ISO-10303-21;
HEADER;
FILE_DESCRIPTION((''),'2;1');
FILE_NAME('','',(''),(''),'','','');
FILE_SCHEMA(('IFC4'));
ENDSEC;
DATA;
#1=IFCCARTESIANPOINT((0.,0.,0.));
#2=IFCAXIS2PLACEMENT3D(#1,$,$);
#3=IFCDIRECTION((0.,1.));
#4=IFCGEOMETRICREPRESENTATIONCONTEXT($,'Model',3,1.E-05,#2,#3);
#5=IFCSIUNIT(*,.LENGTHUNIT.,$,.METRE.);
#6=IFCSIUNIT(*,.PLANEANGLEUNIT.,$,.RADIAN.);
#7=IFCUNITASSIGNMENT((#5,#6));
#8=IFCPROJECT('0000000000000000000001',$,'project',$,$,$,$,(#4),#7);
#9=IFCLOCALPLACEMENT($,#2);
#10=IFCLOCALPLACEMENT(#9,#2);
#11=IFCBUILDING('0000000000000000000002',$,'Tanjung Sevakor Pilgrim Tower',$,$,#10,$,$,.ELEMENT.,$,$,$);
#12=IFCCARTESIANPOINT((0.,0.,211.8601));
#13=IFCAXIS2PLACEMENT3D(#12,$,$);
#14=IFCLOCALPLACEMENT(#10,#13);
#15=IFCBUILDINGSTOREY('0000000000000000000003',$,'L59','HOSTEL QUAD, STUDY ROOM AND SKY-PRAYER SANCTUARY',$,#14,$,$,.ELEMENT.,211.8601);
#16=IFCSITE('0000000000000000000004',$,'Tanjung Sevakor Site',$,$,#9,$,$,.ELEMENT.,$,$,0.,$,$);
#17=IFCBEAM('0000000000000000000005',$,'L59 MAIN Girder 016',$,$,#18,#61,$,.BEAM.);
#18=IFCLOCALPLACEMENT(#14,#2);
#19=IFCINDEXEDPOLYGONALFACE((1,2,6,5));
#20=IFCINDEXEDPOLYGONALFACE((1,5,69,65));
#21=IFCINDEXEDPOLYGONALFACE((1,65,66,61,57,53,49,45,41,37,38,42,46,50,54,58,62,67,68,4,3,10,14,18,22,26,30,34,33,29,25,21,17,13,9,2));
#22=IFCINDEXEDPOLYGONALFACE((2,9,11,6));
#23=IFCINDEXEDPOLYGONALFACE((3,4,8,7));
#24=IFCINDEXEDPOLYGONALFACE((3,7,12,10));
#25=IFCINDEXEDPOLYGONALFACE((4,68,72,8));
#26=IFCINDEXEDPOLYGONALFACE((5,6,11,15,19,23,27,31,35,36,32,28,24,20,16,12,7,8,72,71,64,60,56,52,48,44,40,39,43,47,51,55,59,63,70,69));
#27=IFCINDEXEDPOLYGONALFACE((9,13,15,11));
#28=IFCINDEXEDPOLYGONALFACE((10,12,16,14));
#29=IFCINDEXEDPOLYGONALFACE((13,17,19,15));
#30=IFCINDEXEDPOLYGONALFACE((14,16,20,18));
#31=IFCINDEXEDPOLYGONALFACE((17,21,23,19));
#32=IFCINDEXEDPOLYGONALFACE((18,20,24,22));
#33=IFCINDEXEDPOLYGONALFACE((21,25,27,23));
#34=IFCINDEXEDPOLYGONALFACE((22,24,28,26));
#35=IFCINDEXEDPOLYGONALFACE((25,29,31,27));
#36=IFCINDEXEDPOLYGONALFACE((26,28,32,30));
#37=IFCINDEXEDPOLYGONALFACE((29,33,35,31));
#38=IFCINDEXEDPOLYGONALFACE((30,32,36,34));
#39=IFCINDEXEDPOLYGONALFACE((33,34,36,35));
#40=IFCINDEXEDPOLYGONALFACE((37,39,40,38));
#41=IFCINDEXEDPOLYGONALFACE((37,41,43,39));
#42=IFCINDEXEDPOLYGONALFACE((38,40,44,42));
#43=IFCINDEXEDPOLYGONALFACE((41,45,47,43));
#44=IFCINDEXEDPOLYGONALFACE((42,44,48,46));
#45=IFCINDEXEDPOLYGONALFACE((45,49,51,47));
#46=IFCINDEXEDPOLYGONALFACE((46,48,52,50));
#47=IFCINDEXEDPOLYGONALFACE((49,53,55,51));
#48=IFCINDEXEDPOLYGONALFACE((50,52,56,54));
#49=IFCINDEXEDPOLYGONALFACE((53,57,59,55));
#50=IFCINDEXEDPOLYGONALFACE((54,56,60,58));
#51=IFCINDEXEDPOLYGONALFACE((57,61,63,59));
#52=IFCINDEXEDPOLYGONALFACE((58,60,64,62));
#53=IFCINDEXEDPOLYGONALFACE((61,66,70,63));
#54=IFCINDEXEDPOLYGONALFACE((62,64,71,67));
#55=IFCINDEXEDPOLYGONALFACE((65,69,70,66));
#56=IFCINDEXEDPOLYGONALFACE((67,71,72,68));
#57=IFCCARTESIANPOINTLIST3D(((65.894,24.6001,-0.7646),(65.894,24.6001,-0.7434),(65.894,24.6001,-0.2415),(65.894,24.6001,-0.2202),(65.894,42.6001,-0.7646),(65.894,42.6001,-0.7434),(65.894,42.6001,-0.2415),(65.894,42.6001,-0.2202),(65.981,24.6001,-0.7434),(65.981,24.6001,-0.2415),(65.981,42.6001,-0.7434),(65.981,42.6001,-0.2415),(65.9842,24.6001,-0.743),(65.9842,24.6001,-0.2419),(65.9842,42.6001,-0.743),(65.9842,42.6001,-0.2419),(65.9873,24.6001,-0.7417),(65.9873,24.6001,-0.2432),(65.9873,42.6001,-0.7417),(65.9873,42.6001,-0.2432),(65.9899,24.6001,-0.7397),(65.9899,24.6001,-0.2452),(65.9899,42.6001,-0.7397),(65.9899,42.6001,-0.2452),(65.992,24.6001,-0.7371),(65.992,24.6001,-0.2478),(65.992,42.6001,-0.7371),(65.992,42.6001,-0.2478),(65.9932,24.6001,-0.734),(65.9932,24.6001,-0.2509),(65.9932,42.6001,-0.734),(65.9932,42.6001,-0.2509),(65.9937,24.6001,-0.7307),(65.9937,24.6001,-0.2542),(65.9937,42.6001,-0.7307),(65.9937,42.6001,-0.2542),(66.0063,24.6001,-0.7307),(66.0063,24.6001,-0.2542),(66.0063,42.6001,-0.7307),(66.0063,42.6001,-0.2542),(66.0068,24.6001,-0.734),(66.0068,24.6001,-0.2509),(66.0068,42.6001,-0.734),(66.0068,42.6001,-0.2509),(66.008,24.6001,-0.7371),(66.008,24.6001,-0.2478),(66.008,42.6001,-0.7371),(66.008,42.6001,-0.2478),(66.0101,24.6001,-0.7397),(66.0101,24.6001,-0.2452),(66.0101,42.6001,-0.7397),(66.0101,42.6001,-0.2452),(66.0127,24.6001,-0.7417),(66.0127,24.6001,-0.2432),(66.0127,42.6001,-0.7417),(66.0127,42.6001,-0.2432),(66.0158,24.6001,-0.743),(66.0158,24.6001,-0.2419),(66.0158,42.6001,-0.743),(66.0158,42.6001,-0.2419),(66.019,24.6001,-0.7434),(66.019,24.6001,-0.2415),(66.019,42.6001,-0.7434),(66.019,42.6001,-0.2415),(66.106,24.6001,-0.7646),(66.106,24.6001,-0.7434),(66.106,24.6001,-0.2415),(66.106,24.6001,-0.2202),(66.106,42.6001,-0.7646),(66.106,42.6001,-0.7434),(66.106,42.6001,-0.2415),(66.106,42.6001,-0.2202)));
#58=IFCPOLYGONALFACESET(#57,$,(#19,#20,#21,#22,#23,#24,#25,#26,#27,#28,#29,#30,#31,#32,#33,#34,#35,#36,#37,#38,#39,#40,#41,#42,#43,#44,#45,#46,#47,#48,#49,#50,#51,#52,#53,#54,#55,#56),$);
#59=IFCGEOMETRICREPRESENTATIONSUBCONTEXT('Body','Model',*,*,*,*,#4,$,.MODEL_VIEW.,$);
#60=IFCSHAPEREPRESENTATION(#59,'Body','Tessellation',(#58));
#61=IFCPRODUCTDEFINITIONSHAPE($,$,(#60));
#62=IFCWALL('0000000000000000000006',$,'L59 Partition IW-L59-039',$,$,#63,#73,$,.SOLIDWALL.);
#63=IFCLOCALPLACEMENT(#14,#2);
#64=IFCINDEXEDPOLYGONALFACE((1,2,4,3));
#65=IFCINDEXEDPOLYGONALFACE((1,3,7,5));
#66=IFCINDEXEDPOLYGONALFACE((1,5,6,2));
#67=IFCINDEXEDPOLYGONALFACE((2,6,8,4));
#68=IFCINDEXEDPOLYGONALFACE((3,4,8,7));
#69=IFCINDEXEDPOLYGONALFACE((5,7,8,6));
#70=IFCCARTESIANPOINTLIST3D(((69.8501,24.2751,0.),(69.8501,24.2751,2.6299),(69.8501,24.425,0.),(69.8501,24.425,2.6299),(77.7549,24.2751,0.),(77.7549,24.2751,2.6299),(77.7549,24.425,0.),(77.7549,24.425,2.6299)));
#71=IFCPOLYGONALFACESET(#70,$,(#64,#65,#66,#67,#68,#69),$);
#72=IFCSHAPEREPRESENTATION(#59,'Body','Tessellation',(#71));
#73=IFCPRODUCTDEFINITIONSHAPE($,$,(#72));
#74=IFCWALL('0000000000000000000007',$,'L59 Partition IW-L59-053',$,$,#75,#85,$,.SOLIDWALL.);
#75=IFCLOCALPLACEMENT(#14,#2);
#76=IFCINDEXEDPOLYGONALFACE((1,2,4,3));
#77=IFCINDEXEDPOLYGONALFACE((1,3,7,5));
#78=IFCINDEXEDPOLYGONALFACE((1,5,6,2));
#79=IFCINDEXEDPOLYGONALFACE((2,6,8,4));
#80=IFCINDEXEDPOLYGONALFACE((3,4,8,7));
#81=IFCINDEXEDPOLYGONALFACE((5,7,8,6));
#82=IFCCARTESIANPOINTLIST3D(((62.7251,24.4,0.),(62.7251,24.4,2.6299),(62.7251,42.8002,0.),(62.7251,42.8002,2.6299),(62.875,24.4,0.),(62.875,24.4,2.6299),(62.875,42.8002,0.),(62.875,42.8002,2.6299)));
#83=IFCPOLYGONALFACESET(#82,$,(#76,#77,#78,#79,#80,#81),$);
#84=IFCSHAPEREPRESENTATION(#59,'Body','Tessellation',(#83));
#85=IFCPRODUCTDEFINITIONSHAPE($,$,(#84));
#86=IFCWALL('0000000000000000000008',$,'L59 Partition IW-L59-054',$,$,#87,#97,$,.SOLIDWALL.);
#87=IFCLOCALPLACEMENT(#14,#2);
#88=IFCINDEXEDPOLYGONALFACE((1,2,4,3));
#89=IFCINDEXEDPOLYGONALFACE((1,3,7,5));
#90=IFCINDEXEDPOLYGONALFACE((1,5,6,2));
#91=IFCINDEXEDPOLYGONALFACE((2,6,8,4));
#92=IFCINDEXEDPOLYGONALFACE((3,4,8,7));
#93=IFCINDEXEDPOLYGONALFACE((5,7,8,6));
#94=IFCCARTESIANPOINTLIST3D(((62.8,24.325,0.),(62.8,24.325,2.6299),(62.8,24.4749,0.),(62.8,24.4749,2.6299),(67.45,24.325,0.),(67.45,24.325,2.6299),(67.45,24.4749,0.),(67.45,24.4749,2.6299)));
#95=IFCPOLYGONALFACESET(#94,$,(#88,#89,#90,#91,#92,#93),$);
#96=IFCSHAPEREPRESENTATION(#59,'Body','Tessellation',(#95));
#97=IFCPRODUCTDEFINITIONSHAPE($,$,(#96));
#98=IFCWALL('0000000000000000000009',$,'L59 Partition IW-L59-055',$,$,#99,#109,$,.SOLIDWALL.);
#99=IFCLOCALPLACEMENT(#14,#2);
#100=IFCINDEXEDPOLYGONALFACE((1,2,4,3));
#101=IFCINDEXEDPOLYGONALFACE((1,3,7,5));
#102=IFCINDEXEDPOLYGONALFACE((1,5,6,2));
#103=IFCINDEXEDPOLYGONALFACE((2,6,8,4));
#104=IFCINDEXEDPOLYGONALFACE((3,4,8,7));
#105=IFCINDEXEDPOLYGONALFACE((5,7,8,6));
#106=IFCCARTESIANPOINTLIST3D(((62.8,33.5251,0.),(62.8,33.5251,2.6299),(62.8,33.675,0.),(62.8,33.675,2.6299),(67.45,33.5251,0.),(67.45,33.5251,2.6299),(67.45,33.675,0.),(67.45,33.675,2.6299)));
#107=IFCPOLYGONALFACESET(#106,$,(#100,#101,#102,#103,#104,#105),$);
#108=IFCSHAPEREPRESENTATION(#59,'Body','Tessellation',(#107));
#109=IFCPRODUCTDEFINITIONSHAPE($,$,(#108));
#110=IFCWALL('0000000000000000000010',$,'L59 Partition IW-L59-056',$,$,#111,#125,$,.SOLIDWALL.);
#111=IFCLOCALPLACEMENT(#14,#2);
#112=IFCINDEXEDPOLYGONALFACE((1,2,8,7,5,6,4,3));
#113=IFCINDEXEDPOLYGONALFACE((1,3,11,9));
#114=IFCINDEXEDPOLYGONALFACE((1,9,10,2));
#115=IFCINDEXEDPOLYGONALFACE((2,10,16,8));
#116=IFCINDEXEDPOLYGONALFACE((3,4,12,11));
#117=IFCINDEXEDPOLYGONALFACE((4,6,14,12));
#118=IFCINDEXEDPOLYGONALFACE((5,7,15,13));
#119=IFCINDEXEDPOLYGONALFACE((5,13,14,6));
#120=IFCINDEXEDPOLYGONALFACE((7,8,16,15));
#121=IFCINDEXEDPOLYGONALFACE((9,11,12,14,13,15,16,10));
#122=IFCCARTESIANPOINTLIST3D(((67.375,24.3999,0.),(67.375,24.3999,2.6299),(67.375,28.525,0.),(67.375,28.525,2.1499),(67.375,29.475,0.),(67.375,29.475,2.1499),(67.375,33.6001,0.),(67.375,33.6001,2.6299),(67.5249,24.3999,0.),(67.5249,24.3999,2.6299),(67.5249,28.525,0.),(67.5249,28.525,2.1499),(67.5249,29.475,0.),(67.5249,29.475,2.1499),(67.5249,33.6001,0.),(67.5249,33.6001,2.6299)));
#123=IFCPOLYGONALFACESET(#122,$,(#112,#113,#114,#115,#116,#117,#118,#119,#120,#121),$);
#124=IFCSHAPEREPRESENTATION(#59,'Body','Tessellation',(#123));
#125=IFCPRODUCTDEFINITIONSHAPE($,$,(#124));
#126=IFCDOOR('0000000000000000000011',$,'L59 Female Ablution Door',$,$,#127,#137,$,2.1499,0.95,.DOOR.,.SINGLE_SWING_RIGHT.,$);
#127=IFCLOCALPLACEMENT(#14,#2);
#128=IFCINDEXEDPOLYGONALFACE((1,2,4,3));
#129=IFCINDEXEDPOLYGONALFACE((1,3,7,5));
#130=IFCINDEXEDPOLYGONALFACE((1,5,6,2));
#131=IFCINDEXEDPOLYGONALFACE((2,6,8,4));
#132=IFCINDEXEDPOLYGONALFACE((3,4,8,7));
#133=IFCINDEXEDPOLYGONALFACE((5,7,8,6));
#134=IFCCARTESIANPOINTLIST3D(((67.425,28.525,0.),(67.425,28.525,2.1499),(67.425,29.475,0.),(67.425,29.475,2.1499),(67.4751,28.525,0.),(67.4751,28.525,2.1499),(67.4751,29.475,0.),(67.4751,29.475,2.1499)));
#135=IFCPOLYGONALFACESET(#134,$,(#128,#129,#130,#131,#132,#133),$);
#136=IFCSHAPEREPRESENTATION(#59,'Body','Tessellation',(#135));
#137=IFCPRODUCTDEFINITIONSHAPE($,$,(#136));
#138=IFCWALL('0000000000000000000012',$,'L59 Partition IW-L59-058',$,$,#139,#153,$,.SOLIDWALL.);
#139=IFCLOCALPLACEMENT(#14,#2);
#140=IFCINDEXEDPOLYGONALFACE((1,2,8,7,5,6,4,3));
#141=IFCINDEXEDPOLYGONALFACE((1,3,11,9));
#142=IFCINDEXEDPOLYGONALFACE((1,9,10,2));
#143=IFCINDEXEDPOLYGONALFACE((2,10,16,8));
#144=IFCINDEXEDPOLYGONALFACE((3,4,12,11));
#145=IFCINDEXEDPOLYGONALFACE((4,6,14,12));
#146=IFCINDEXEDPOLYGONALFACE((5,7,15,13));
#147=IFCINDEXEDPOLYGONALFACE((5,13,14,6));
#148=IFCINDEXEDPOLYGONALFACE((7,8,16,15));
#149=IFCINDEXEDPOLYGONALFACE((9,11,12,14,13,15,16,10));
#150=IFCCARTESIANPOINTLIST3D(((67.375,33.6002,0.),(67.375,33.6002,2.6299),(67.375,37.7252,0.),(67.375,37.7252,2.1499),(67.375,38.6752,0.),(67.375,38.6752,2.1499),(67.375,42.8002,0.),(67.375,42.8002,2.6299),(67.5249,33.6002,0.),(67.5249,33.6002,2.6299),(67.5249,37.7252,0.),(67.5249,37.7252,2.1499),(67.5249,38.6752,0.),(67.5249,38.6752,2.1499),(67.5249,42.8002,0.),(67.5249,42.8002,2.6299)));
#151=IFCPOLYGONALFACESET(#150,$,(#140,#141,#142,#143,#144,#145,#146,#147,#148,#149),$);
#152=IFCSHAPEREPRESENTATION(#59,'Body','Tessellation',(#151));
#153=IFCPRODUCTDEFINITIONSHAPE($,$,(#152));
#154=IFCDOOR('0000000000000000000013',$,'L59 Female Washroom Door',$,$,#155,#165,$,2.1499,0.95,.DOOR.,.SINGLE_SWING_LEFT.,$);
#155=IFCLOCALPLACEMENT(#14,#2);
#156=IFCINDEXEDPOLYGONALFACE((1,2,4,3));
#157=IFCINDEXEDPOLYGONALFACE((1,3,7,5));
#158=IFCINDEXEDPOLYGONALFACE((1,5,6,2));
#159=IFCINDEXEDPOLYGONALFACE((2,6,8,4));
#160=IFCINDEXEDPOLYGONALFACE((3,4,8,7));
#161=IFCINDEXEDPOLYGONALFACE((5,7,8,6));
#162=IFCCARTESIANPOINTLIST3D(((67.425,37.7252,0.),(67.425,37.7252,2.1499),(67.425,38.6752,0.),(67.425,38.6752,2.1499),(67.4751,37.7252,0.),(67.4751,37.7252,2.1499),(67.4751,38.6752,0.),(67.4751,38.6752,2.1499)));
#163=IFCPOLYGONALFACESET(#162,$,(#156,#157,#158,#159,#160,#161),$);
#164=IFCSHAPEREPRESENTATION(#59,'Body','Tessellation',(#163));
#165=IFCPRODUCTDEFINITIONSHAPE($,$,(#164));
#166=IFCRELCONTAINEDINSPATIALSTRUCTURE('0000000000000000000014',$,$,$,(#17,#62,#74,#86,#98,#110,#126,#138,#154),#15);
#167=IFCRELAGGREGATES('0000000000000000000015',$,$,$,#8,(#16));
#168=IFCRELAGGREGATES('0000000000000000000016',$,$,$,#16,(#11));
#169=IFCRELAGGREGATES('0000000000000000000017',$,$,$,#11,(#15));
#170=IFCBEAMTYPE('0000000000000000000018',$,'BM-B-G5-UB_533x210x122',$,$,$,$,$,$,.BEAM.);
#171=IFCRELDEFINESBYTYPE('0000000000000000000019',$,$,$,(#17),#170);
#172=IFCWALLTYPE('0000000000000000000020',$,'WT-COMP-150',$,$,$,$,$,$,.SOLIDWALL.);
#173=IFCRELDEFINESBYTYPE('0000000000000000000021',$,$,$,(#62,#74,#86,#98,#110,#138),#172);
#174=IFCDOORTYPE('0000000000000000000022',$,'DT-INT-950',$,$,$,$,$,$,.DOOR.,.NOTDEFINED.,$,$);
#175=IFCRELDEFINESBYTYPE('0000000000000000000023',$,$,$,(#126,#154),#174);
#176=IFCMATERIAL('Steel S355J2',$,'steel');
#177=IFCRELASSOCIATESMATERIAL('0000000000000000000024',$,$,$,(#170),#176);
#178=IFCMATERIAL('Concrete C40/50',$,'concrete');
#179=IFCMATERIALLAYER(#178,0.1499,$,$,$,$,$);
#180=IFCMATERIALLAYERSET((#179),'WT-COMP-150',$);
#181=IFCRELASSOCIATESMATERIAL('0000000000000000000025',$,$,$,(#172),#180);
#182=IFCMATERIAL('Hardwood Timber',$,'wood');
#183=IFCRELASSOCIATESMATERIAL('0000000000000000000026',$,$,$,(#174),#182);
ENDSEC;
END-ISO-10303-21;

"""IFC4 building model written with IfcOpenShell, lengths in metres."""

from ifc_helpers import new_model, si_unit, direction, frame, frame_2d, origin, origin_2d, place, context, subcontext, project, spatial, rectangle, i_section, extrude, material, layer, layer_set, material_profile, profile_set, type_object, element, fill, save


model = new_model("IFC4")

# Units and contexts
model_context = context("Model", 3, precision=1e-05, world=origin(), true_north=direction((0.0, 1.0)))
body_context = subcontext(model_context, "Body", "Model", "MODEL_VIEW")
ifc_project = project(units=[si_unit("LENGTHUNIT", "METRE"), si_unit("PLANEANGLEUNIT", "RADIAN")], contexts=[model_context])

# Site, building, storey
site_placement = place(None, origin())
site = spatial("IfcSite", under=ifc_project, at=site_placement, Name="Tanjung Sevakor Site", CompositionType="ELEMENT", RefElevation=0.0)
building_placement = place(site_placement, origin())
building = spatial("IfcBuilding", under=site, at=building_placement, Name="Tanjung Sevakor Pilgrim Tower", CompositionType="ELEMENT")
storey_placement = place(building_placement, frame((0.0, 0.0, 211.8601)))
storey = spatial("IfcBuildingStorey", under=building, at=storey_placement, Name="L59", Description="HOSTEL QUAD, STUDY ROOM AND SKY-PRAYER SANCTUARY", CompositionType="ELEMENT", Elevation=211.8601)

# Beam
ifc_material_1 = material(Name="Steel S355J2", Category="steel")
ifc_material_profile_1 = material_profile(ifc_material_1, i_section(OverallWidth=0.2119, OverallDepth=0.5444, WebThickness=0.0127, FlangeThickness=0.0212, FilletRadius=0.0127, at=origin_2d()))
ifc_profile_set_1 = profile_set([ifc_material_profile_1], Name="Steel S355J2")
beam_type_1 = type_object("IfcBeamType", Name="BM-B-G5-UB_533x210x122", PredefinedType="BEAM", material=ifc_profile_set_1)
for number, where, z_axis, x_axis, name in (
    (1, (66.0, 24.6001, -0.4924), (0.0, 1.0, 0.0), (-1.0, 0.0, 0.0), "L59 MAIN Girder 016"),
):
    element("IfcBeam", number, at=place(storey_placement, frame(where, z_axis=z_axis, x_axis=x_axis)), inside=storey, type_object=beam_type_1, Name=name, PredefinedType="BEAM", context=body_context, shape_type="SweptSolid", body=[
        extrude(i_section(OverallWidth=0.2119, OverallDepth=0.5444, WebThickness=0.0127, FlangeThickness=0.0212, FilletRadius=0.0127, at=origin_2d()), origin(), (0.0, 0.0, 1.0), 18.0),
    ])

# Walls
ifc_material_2 = material(Name="Concrete C40/50", Category="concrete")
ifc_layer_1 = layer(ifc_material_2, 0.1499)
ifc_layer_set_1 = layer_set([ifc_layer_1], Name="WT-COMP-150")
wall_type_1 = type_object("IfcWallType", Name="WT-COMP-150", PredefinedType="SOLIDWALL", material=ifc_layer_set_1)
wall_1_placement = place(storey_placement, frame((69.8501, 24.3501, 0.0), z_axis=(0.0, 0.0, 1.0), x_axis=(1.0, 0.0, 0.0)))
element("IfcWall", 2, at=wall_1_placement, inside=storey, type_object=wall_type_1, Name="L59 Partition IW-L59-039", PredefinedType="SOLIDWALL", context=body_context, shape_type="SweptSolid", body=[
    extrude(rectangle(XDim=7.9048, YDim=0.1499, at=frame_2d((3.9524, 0.0))), origin(), (0.0, 0.0, 1.0), 2.6299),
])
wall_2_placement = place(storey_placement, frame((62.8, 24.3999, 0.0), z_axis=(0.0, 0.0, 1.0), x_axis=(0.0, 1.0, 0.0)))
element("IfcWall", 3, at=wall_2_placement, inside=storey, type_object=wall_type_1, Name="L59 Partition IW-L59-053", PredefinedType="SOLIDWALL", context=body_context, shape_type="SweptSolid", body=[
    extrude(rectangle(XDim=18.4001, YDim=0.1499, at=frame_2d((9.2002, 0.0))), origin(), (0.0, 0.0, 1.0), 2.6299),
])
for number, where, z_axis, x_axis, name in (
    (4, (62.8, 24.3999, 0.0), (0.0, 0.0, 1.0), (1.0, 0.0, 0.0), "L59 Partition IW-L59-054"),
    (5, (62.8, 33.6001, 0.0), (0.0, 0.0, 1.0), (1.0, 0.0, 0.0), "L59 Partition IW-L59-055"),
):
    element("IfcWall", number, at=place(storey_placement, frame(where, z_axis=z_axis, x_axis=x_axis)), inside=storey, type_object=wall_type_1, Name=name, PredefinedType="SOLIDWALL", context=body_context, shape_type="SweptSolid", body=[
        extrude(rectangle(XDim=4.6499, YDim=0.1499, at=frame_2d((2.325, 0.0))), origin(), (0.0, 0.0, 1.0), 2.6299),
    ])

# Walls, openings, doors
wall_3_placement = place(storey_placement, frame((67.45, 24.3999, 0.0), z_axis=(0.0, 0.0, 1.0), x_axis=(0.0, 1.0, 0.0)))
wall_3 = element("IfcWall", 6, at=wall_3_placement, inside=storey, type_object=wall_type_1, Name="L59 Partition IW-L59-056", PredefinedType="SOLIDWALL", context=body_context, shape_type="SweptSolid", body=[
    extrude(rectangle(XDim=9.2002, YDim=0.1499, at=frame_2d((4.6001, 0.0))), origin(), (0.0, 0.0, 1.0), 2.6299),
])
opening_1_placement = place(wall_3_placement, frame((4.125, 0.0, 0.0)))
opening_1 = element("IfcOpeningElement", 7, at=opening_1_placement, cuts=wall_3, PredefinedType="OPENING", context=body_context, shape_type="SweptSolid", body=[
    extrude(rectangle(XDim=0.95, YDim=2.1499, at=frame_2d((0.4751, 1.075))), frame((0.0, 0.085, 0.0), z_axis=(0.0, -1.0, 0.0), x_axis=(1.0, 0.0, 0.0)), (0.0, 0.0, 1.0), 0.1699),
])
ifc_material_3 = material(Name="Hardwood Timber", Category="wood")
door_type_1 = type_object("IfcDoorType", Name="DT-INT-950", OperationType="NOTDEFINED", PredefinedType="DOOR", material=ifc_material_3)
door_1_placement = place(opening_1_placement, origin())
door_1 = element("IfcDoor", 8, at=door_1_placement, inside=storey, type_object=door_type_1, Name="L59 Female Ablution Door", OperationType="SINGLE_SWING_RIGHT", OverallHeight=2.1499, OverallWidth=0.95, PredefinedType="DOOR", context=body_context, shape_type="SweptSolid", body=[
    extrude(rectangle(XDim=0.95, YDim=2.1499, at=frame_2d((0.4751, 1.075))), frame((0.0, 0.0249, 0.0), z_axis=(0.0, -1.0, 0.0), x_axis=(1.0, 0.0, 0.0)), (0.0, 0.0, 1.0), 0.05),
])
fill(opening_1, door_1)
wall_4_placement = place(storey_placement, frame((67.45, 33.6001, 0.0), z_axis=(0.0, 0.0, 1.0), x_axis=(0.0, 1.0, 0.0)))
wall_4 = element("IfcWall", 9, at=wall_4_placement, inside=storey, type_object=wall_type_1, Name="L59 Partition IW-L59-058", PredefinedType="SOLIDWALL", context=body_context, shape_type="SweptSolid", body=[
    extrude(rectangle(XDim=9.2, YDim=0.1499, at=frame_2d((4.6001, 0.0))), origin(), (0.0, 0.0, 1.0), 2.6299),
])
opening_2_placement = place(wall_4_placement, frame((4.125, 0.0, 0.0)))
opening_2 = element("IfcOpeningElement", 10, at=opening_2_placement, cuts=wall_4, PredefinedType="OPENING", context=body_context, shape_type="SweptSolid", body=[
    extrude(rectangle(XDim=0.95, YDim=2.1499, at=frame_2d((0.4751, 1.075))), frame((0.0, 0.085, 0.0), z_axis=(0.0, -1.0, 0.0), x_axis=(1.0, 0.0, 0.0)), (0.0, 0.0, 1.0), 0.1699),
])
door_2_placement = place(opening_2_placement, origin())
door_2 = element("IfcDoor", 11, at=door_2_placement, inside=storey, type_object=door_type_1, Name="L59 Female Washroom Door", OperationType="SINGLE_SWING_LEFT", OverallHeight=2.1499, OverallWidth=0.95, PredefinedType="DOOR", context=body_context, shape_type="SweptSolid", body=[
    extrude(rectangle(XDim=0.95, YDim=2.1499, at=frame_2d((0.4751, 1.075))), frame((0.0, 0.0249, 0.0), z_axis=(0.0, -1.0, 0.0), x_axis=(1.0, 0.0, 0.0)), (0.0, 0.0, 1.0), 0.05),
])
fill(opening_2, door_2)

save(model, "model.ifc")
